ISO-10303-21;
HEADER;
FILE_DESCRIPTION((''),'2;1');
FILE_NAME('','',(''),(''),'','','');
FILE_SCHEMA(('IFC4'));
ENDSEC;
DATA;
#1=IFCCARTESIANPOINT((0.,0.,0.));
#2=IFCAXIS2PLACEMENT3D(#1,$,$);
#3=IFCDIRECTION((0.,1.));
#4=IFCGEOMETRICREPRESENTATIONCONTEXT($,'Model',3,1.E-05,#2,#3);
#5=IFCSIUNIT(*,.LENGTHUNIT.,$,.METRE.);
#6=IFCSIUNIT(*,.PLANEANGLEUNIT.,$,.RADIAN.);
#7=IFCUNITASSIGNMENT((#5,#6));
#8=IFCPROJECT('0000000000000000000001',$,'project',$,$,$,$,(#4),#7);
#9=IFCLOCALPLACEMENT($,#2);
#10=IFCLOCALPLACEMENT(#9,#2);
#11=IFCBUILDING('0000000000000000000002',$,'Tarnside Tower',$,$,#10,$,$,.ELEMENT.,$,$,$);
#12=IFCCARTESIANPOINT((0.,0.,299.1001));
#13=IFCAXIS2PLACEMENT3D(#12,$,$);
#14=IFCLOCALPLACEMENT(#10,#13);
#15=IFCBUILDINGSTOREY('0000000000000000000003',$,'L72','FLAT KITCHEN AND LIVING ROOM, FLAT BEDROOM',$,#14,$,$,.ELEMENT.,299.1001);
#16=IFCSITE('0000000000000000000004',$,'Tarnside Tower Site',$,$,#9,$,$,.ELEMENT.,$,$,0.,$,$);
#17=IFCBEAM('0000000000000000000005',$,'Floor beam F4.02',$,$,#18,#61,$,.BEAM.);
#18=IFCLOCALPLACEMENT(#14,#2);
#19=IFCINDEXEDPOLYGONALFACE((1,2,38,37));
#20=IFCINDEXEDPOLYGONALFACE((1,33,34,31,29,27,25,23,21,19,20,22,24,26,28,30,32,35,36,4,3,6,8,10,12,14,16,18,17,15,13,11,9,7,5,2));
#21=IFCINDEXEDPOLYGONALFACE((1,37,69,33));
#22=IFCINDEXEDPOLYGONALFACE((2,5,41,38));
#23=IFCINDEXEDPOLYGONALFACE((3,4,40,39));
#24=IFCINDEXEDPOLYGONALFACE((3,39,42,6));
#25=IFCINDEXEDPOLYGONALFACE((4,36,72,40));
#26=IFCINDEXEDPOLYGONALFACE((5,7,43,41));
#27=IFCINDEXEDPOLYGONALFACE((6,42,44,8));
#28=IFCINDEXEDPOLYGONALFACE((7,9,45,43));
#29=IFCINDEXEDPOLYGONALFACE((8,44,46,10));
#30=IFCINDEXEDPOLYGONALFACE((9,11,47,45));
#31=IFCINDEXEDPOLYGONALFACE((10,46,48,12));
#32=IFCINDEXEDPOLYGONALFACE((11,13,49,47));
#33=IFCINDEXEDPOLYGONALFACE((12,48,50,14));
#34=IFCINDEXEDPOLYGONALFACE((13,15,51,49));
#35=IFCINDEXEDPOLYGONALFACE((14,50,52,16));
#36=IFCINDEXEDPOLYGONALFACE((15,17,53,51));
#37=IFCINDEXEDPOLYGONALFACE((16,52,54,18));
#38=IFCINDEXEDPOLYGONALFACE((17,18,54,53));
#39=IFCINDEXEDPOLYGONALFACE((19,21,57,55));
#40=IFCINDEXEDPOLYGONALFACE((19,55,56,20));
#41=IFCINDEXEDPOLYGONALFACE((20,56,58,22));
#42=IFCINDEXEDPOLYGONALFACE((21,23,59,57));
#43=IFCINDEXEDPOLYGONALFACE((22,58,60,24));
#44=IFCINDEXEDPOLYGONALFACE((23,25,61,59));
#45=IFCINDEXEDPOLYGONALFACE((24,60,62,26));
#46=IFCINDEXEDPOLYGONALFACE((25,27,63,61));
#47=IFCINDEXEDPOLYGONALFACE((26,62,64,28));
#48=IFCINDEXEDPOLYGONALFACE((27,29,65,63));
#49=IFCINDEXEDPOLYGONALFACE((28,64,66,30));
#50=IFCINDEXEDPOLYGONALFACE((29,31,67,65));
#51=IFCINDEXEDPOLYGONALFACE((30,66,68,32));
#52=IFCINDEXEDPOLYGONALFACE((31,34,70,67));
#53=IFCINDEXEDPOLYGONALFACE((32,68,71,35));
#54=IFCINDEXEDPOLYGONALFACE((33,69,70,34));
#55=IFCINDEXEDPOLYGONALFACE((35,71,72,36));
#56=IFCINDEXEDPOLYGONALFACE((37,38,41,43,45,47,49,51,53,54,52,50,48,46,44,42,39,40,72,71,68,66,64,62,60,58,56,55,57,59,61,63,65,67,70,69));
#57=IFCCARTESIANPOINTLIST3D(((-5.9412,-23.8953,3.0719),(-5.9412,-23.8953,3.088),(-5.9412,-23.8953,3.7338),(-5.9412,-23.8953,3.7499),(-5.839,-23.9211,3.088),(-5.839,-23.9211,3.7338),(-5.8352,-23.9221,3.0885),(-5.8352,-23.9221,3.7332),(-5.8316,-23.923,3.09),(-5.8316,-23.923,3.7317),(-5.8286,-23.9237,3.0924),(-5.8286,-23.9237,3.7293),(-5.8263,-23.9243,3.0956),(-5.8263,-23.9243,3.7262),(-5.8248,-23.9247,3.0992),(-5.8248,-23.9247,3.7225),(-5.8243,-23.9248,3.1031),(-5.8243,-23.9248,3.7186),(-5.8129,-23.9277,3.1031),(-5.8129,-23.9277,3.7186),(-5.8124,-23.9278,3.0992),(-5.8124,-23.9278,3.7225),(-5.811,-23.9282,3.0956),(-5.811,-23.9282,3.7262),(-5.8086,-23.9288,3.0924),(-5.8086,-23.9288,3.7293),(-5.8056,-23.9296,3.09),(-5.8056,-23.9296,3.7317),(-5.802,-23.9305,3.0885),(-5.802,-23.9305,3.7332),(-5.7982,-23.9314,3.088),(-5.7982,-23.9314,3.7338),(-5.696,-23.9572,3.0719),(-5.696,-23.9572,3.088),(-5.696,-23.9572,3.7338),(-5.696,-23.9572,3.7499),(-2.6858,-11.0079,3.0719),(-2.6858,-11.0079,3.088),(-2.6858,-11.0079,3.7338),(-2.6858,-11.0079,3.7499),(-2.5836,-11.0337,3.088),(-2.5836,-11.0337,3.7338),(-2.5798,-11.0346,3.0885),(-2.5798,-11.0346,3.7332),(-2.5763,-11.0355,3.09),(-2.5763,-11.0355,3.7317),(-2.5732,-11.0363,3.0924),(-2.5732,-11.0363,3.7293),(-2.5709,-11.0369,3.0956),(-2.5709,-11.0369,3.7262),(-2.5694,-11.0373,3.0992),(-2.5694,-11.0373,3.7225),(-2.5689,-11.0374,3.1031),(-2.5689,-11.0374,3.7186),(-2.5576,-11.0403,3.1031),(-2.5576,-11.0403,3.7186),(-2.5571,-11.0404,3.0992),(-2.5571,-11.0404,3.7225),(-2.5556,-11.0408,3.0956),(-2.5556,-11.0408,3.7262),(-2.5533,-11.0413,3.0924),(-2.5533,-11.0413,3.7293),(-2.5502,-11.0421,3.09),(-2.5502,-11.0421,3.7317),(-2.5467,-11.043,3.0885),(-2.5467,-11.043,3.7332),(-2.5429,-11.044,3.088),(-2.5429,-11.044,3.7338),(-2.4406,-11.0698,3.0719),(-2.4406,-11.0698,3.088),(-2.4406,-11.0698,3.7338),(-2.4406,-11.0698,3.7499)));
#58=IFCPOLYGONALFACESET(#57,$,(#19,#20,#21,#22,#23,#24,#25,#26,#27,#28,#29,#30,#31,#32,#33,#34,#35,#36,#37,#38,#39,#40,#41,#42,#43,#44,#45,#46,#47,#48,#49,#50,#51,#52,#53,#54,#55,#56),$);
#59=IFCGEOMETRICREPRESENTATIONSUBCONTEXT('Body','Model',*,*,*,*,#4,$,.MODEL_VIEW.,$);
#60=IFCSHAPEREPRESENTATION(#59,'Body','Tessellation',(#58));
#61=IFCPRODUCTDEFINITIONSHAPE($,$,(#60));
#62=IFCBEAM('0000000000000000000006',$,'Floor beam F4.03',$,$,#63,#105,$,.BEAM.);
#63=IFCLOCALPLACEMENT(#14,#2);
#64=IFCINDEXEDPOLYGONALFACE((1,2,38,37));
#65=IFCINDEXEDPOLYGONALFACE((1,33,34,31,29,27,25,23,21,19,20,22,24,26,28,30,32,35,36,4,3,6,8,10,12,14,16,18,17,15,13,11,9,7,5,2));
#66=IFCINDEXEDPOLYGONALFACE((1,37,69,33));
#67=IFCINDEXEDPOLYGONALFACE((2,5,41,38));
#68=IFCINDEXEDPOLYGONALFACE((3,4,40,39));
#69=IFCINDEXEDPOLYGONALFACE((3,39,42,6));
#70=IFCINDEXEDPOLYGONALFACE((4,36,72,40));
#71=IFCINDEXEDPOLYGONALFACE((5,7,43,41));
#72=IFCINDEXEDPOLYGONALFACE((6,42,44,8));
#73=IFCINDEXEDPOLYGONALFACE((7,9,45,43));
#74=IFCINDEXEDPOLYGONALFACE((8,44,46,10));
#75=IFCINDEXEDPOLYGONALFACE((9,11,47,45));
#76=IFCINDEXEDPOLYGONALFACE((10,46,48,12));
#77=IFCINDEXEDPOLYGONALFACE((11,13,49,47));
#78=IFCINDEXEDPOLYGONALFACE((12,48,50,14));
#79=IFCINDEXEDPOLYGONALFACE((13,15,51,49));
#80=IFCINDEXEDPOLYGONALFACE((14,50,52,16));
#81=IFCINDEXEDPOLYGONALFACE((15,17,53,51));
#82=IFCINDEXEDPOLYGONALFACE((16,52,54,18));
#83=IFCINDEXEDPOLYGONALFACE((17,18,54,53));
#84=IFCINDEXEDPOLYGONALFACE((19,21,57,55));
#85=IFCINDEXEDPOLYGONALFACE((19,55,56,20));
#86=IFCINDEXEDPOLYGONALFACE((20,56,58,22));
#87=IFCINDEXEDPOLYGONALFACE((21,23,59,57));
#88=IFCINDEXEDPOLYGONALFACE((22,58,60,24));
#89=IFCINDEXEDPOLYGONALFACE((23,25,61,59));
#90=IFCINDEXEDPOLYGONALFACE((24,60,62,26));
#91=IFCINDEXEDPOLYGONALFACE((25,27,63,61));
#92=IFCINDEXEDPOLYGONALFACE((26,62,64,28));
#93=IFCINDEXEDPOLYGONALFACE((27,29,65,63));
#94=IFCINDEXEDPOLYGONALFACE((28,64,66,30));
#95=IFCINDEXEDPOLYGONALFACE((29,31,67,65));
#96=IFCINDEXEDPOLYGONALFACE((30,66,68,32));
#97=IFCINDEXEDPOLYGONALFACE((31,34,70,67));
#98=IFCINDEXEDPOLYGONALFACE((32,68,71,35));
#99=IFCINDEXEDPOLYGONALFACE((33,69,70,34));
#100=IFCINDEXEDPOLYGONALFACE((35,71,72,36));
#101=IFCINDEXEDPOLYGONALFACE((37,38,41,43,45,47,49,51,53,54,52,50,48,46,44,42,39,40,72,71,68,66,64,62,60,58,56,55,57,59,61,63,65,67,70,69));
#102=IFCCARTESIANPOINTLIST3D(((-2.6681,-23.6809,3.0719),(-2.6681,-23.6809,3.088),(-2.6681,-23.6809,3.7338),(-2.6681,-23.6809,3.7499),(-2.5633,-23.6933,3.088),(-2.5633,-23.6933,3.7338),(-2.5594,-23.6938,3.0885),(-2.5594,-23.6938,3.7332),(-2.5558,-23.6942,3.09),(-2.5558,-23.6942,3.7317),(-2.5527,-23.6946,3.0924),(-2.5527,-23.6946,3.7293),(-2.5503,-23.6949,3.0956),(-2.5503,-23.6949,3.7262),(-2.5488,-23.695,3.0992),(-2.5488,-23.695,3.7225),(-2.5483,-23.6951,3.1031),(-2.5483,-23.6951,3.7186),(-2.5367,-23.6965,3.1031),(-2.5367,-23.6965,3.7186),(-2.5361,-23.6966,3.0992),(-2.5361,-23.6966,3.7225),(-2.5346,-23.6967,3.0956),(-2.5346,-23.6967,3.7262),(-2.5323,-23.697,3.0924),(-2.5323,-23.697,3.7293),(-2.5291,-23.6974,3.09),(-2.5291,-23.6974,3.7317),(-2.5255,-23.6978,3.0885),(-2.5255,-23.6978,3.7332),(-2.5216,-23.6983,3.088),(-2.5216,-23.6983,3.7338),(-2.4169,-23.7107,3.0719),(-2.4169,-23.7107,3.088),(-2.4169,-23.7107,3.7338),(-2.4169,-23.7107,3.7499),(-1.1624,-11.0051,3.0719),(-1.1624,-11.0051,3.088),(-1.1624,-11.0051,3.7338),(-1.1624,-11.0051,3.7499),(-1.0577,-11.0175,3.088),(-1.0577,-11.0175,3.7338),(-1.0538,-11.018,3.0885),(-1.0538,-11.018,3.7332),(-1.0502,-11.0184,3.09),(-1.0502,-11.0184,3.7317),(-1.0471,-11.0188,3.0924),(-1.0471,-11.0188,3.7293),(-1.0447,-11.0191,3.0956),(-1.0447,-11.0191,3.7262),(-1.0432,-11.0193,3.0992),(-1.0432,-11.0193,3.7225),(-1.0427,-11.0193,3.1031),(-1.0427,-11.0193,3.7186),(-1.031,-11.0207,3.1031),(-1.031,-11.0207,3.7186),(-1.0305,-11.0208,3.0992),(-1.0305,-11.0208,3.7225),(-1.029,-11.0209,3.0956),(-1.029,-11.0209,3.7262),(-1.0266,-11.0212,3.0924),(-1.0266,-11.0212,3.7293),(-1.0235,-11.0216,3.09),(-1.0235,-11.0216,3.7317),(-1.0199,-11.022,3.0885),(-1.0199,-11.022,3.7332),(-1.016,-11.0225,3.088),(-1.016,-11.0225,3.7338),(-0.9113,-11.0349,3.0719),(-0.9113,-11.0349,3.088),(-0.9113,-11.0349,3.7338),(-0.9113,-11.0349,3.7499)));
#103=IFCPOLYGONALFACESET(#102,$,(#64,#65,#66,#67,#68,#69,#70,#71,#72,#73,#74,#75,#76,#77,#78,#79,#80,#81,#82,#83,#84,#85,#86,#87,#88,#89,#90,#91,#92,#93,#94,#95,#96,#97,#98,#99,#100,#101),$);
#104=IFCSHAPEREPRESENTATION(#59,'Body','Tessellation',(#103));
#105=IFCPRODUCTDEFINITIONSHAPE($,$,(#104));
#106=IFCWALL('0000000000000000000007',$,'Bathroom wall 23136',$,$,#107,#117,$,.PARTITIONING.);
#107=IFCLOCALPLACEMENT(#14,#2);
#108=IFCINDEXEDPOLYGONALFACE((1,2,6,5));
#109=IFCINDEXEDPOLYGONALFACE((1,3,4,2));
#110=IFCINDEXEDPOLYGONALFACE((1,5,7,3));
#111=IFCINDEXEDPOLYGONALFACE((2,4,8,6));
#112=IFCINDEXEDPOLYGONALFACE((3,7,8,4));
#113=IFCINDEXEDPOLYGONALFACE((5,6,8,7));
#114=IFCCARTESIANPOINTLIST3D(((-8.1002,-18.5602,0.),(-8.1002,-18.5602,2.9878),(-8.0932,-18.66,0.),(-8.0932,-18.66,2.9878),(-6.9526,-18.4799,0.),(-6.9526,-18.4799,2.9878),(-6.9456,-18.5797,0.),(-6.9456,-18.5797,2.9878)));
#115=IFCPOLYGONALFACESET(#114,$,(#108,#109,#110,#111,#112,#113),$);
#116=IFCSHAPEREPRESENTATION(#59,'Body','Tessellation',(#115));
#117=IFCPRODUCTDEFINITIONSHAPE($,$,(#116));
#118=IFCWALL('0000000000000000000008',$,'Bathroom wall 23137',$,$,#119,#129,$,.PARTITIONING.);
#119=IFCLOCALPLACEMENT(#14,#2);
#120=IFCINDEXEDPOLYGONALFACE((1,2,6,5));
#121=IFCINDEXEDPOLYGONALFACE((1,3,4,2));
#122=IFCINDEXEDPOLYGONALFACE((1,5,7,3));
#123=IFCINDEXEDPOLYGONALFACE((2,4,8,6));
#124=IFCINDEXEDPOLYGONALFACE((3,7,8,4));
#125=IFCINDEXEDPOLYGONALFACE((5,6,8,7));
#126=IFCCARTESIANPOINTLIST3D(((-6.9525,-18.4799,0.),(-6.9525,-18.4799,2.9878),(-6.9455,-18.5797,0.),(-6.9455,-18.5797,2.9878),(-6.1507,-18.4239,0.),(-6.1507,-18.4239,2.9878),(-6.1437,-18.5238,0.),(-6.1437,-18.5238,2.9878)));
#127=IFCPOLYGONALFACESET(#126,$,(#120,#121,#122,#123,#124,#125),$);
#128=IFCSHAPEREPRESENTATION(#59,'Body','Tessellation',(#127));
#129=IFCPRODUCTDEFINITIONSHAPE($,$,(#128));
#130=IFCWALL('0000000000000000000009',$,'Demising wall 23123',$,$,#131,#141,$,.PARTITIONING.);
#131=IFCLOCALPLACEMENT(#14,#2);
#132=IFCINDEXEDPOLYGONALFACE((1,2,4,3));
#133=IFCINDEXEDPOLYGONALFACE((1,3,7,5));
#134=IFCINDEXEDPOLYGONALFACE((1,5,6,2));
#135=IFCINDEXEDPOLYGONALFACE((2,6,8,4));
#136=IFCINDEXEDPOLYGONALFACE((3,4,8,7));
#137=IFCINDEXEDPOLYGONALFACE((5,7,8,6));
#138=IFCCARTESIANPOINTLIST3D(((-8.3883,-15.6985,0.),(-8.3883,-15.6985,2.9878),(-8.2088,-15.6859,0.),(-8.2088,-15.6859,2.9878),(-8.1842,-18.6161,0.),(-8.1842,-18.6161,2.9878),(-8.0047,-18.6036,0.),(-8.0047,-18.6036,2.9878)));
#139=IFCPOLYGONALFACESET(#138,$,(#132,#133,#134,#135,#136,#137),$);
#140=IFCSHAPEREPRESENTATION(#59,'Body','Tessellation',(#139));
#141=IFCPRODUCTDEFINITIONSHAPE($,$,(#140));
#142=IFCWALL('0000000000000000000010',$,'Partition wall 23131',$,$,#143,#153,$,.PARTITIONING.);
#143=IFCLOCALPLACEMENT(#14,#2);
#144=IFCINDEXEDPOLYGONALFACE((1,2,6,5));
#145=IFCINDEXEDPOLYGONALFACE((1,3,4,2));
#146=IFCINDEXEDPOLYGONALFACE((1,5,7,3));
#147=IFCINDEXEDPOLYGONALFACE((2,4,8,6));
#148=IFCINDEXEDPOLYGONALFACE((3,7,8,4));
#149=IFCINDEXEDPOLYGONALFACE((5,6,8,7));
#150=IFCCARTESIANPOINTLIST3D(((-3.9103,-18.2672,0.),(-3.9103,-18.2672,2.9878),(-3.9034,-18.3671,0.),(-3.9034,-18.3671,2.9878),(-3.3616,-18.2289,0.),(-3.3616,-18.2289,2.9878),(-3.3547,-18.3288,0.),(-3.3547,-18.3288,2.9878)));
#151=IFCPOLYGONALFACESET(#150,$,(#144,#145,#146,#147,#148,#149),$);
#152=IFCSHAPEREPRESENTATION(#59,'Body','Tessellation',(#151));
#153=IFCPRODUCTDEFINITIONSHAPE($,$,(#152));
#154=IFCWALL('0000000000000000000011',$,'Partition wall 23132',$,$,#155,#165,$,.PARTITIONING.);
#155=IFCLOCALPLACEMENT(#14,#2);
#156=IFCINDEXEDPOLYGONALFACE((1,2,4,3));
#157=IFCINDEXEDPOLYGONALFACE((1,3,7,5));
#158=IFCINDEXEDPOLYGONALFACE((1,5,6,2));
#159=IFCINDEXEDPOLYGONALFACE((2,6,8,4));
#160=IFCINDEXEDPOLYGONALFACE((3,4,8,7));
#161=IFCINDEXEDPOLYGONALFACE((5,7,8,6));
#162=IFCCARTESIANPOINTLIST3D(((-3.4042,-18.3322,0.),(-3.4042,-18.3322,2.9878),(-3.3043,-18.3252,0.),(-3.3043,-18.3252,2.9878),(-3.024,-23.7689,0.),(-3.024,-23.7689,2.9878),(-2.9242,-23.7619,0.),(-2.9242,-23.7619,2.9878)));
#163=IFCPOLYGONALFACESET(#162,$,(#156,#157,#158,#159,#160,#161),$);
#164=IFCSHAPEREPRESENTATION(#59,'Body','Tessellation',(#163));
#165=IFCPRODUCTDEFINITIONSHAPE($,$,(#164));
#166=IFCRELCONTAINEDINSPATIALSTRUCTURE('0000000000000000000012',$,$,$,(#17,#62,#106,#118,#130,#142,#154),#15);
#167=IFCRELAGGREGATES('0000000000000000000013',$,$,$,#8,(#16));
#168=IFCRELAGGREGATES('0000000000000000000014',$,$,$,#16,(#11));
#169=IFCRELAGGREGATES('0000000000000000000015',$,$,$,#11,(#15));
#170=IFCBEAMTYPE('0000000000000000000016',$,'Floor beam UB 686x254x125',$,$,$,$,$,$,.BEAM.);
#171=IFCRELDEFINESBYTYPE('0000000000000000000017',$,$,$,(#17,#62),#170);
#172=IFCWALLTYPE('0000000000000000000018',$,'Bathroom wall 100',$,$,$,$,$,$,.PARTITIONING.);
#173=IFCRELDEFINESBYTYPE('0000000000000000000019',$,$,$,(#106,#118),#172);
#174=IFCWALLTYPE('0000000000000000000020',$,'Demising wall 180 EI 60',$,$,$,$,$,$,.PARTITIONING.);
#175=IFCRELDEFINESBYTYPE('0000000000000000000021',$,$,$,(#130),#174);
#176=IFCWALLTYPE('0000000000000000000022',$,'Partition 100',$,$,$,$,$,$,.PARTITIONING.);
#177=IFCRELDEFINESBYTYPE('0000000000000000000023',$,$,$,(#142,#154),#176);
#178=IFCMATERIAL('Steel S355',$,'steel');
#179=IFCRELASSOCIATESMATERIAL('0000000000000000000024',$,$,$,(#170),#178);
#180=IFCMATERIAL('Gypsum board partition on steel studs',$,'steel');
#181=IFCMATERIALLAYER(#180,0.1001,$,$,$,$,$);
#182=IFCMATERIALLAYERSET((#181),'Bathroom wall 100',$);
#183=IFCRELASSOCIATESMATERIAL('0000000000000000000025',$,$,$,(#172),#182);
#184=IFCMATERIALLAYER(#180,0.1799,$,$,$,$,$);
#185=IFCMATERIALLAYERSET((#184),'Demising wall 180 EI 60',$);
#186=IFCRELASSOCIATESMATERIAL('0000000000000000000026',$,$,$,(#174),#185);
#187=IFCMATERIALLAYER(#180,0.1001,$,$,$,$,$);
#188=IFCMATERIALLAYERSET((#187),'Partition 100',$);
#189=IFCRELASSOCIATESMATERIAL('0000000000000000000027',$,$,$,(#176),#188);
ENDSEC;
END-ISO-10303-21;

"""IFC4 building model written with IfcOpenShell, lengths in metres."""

from ifc_helpers import new_model, si_unit, direction, frame, frame_2d, origin, origin_2d, place, context, subcontext, project, spatial, rectangle, i_section, extrude, material, layer, layer_set, material_profile, profile_set, type_object, element, save


model = new_model("IFC4")

# Units and contexts
model_context = context("Model", 3, precision=1e-05, world=origin(), true_north=direction((0.0, 1.0)))
body_context = subcontext(model_context, "Body", "Model", "MODEL_VIEW")
ifc_project = project(units=[si_unit("LENGTHUNIT", "METRE"), si_unit("PLANEANGLEUNIT", "RADIAN")], contexts=[model_context])

# Site, building, storey
site_placement = place(None, origin())
site = spatial("IfcSite", under=ifc_project, at=site_placement, Name="Tarnside Tower Site", CompositionType="ELEMENT", RefElevation=0.0)
building_placement = place(site_placement, origin())
building = spatial("IfcBuilding", under=site, at=building_placement, Name="Tarnside Tower", CompositionType="ELEMENT")
storey_placement = place(building_placement, frame((0.0, 0.0, 299.1001)))
storey = spatial("IfcBuildingStorey", under=building, at=storey_placement, Name="L72", Description="FLAT KITCHEN AND LIVING ROOM, FLAT BEDROOM", CompositionType="ELEMENT", Elevation=299.1001)

# Beams
ifc_material_1 = material(Name="Steel S355", Category="steel")
ifc_material_profile = material_profile(ifc_material_1, i_section(OverallWidth=0.2529, OverallDepth=0.678, WebThickness=0.0117, FlangeThickness=0.0161, FilletRadius=0.0151, at=origin_2d()), Name="UB 686x254x125")
ifc_profile_set = profile_set([ifc_material_profile], Name="Steel S355")
beam_type = type_object("IfcBeamType", Name="Floor beam UB 686x254x125", PredefinedType="BEAM", material=ifc_profile_set)
beam_1_placement = place(storey_placement, frame((-5.8186, -23.9263, 3.4109), z_axis=(0.244908, 0.969546, 0.0), x_axis=(-0.969546, 0.244908, 0.0)))
element("IfcBeam", 1, at=beam_1_placement, inside=storey, type_object=beam_type, Name="Floor beam F4.02", PredefinedType="BEAM", context=body_context, shape_type="SweptSolid", body=[
    extrude(i_section(OverallWidth=0.2529, OverallDepth=0.678, WebThickness=0.0117, FlangeThickness=0.0161, FilletRadius=0.0151, at=origin_2d()), origin(), (0.0, 0.0, 1.0), 13.2922),
])
beam_2_placement = place(storey_placement, frame((-2.5425, -23.6958, 3.4109), z_axis=(0.11795, 0.99302, 0.0), x_axis=(-0.99302, 0.11795, 0.0)))
element("IfcBeam", 2, at=beam_2_placement, inside=storey, type_object=beam_type, Name="Floor beam F4.03", PredefinedType="BEAM", context=body_context, shape_type="SweptSolid", body=[
    extrude(i_section(OverallWidth=0.2529, OverallDepth=0.678, WebThickness=0.0117, FlangeThickness=0.0161, FilletRadius=0.0151, at=origin_2d()), origin(), (0.0, 0.0, 1.0), 12.7649),
])

# Walls
ifc_material_2 = material(Name="Gypsum board partition on steel studs", Category="steel")
ifc_layer_1 = layer(ifc_material_2, 0.1001)
ifc_layer_set_1 = layer_set([ifc_layer_1], Name="Bathroom wall 100")
wall_type_1 = type_object("IfcWallType", Name="Bathroom wall 100", PredefinedType="PARTITIONING", material=ifc_layer_set_1)
wall_1_placement = place(storey_placement, frame((-8.0967, -18.6101, 0.0), z_axis=(0.0, 0.0, 1.0), x_axis=(0.99756, 0.069814, 0.0)))
element("IfcWall", 3, at=wall_1_placement, inside=storey, type_object=wall_type_1, Name="Bathroom wall 23136", PredefinedType="PARTITIONING", context=body_context, shape_type="SweptSolid", body=[
    extrude(rectangle(XDim=1.1504, YDim=0.1001, at=frame_2d((0.5752, 0.0))), origin(), (0.0, 0.0, 1.0), 2.9878),
])
wall_2_placement = place(storey_placement, frame((-6.949, -18.5298, 0.0), z_axis=(0.0, 0.0, 1.0), x_axis=(0.997578, 0.069563, 0.0)))
element("IfcWall", 4, at=wall_2_placement, inside=storey, type_object=wall_type_1, Name="Bathroom wall 23137", PredefinedType="PARTITIONING", context=body_context, shape_type="SweptSolid", body=[
    extrude(rectangle(XDim=0.8037, YDim=0.1001, at=frame_2d((0.4019, 0.0))), origin(), (0.0, 0.0, 1.0), 2.9878),
])
ifc_layer_2 = layer(ifc_material_2, 0.1799)
ifc_layer_set_2 = layer_set([ifc_layer_2], Name="Demising wall 180 EI 60")
wall_type_2 = type_object("IfcWallType", Name="Demising wall 180 EI 60", PredefinedType="PARTITIONING", material=ifc_layer_set_2)
wall_3_placement = place(storey_placement, frame((-8.0945, -18.6099, 0.0), z_axis=(0.0, 0.0, 1.0), x_axis=(-0.069782, 0.997562, 0.0)))
element("IfcWall", 5, at=wall_3_placement, inside=storey, type_object=wall_type_2, Name="Demising wall 23123", PredefinedType="PARTITIONING", context=body_context, shape_type="SweptSolid", body=[
    extrude(rectangle(XDim=2.9248, YDim=0.1799, at=frame_2d((1.4624, 0.0))), origin(), (0.0, 0.0, 1.0), 2.9878),
])
ifc_layer_3 = layer(ifc_material_2, 0.1001)
ifc_layer_set_3 = layer_set([ifc_layer_3], Name="Partition 100")
wall_type_3 = type_object("IfcWallType", Name="Partition 100", PredefinedType="PARTITIONING", material=ifc_layer_set_3)
wall_4_placement = place(storey_placement, frame((-3.9067, -18.3171, 0.0), z_axis=(0.0, 0.0, 1.0), x_axis=(0.99757, 0.06967, 0.0)))
element("IfcWall", 6, at=wall_4_placement, inside=storey, type_object=wall_type_3, Name="Partition wall 23131", PredefinedType="PARTITIONING", context=body_context, shape_type="SweptSolid", body=[
    extrude(rectangle(XDim=0.55, YDim=0.1001, at=frame_2d((0.2749, 0.0))), origin(), (0.0, 0.0, 1.0), 2.9878),
])
wall_5_placement = place(storey_placement, frame((-3.3542, -18.3286, 0.0), z_axis=(0.0, 0.0, 1.0), x_axis=(0.069748, -0.997565, 0.0)))
element("IfcWall", 7, at=wall_5_placement, inside=storey, type_object=wall_type_3, Name="Partition wall 23132", PredefinedType="PARTITIONING", context=body_context, shape_type="SweptSolid", body=[
    extrude(rectangle(XDim=5.45, YDim=0.1001, at=frame_2d((2.7251, 0.0))), origin(), (0.0, 0.0, 1.0), 2.9878),
])

save(model, "model.ifc")
